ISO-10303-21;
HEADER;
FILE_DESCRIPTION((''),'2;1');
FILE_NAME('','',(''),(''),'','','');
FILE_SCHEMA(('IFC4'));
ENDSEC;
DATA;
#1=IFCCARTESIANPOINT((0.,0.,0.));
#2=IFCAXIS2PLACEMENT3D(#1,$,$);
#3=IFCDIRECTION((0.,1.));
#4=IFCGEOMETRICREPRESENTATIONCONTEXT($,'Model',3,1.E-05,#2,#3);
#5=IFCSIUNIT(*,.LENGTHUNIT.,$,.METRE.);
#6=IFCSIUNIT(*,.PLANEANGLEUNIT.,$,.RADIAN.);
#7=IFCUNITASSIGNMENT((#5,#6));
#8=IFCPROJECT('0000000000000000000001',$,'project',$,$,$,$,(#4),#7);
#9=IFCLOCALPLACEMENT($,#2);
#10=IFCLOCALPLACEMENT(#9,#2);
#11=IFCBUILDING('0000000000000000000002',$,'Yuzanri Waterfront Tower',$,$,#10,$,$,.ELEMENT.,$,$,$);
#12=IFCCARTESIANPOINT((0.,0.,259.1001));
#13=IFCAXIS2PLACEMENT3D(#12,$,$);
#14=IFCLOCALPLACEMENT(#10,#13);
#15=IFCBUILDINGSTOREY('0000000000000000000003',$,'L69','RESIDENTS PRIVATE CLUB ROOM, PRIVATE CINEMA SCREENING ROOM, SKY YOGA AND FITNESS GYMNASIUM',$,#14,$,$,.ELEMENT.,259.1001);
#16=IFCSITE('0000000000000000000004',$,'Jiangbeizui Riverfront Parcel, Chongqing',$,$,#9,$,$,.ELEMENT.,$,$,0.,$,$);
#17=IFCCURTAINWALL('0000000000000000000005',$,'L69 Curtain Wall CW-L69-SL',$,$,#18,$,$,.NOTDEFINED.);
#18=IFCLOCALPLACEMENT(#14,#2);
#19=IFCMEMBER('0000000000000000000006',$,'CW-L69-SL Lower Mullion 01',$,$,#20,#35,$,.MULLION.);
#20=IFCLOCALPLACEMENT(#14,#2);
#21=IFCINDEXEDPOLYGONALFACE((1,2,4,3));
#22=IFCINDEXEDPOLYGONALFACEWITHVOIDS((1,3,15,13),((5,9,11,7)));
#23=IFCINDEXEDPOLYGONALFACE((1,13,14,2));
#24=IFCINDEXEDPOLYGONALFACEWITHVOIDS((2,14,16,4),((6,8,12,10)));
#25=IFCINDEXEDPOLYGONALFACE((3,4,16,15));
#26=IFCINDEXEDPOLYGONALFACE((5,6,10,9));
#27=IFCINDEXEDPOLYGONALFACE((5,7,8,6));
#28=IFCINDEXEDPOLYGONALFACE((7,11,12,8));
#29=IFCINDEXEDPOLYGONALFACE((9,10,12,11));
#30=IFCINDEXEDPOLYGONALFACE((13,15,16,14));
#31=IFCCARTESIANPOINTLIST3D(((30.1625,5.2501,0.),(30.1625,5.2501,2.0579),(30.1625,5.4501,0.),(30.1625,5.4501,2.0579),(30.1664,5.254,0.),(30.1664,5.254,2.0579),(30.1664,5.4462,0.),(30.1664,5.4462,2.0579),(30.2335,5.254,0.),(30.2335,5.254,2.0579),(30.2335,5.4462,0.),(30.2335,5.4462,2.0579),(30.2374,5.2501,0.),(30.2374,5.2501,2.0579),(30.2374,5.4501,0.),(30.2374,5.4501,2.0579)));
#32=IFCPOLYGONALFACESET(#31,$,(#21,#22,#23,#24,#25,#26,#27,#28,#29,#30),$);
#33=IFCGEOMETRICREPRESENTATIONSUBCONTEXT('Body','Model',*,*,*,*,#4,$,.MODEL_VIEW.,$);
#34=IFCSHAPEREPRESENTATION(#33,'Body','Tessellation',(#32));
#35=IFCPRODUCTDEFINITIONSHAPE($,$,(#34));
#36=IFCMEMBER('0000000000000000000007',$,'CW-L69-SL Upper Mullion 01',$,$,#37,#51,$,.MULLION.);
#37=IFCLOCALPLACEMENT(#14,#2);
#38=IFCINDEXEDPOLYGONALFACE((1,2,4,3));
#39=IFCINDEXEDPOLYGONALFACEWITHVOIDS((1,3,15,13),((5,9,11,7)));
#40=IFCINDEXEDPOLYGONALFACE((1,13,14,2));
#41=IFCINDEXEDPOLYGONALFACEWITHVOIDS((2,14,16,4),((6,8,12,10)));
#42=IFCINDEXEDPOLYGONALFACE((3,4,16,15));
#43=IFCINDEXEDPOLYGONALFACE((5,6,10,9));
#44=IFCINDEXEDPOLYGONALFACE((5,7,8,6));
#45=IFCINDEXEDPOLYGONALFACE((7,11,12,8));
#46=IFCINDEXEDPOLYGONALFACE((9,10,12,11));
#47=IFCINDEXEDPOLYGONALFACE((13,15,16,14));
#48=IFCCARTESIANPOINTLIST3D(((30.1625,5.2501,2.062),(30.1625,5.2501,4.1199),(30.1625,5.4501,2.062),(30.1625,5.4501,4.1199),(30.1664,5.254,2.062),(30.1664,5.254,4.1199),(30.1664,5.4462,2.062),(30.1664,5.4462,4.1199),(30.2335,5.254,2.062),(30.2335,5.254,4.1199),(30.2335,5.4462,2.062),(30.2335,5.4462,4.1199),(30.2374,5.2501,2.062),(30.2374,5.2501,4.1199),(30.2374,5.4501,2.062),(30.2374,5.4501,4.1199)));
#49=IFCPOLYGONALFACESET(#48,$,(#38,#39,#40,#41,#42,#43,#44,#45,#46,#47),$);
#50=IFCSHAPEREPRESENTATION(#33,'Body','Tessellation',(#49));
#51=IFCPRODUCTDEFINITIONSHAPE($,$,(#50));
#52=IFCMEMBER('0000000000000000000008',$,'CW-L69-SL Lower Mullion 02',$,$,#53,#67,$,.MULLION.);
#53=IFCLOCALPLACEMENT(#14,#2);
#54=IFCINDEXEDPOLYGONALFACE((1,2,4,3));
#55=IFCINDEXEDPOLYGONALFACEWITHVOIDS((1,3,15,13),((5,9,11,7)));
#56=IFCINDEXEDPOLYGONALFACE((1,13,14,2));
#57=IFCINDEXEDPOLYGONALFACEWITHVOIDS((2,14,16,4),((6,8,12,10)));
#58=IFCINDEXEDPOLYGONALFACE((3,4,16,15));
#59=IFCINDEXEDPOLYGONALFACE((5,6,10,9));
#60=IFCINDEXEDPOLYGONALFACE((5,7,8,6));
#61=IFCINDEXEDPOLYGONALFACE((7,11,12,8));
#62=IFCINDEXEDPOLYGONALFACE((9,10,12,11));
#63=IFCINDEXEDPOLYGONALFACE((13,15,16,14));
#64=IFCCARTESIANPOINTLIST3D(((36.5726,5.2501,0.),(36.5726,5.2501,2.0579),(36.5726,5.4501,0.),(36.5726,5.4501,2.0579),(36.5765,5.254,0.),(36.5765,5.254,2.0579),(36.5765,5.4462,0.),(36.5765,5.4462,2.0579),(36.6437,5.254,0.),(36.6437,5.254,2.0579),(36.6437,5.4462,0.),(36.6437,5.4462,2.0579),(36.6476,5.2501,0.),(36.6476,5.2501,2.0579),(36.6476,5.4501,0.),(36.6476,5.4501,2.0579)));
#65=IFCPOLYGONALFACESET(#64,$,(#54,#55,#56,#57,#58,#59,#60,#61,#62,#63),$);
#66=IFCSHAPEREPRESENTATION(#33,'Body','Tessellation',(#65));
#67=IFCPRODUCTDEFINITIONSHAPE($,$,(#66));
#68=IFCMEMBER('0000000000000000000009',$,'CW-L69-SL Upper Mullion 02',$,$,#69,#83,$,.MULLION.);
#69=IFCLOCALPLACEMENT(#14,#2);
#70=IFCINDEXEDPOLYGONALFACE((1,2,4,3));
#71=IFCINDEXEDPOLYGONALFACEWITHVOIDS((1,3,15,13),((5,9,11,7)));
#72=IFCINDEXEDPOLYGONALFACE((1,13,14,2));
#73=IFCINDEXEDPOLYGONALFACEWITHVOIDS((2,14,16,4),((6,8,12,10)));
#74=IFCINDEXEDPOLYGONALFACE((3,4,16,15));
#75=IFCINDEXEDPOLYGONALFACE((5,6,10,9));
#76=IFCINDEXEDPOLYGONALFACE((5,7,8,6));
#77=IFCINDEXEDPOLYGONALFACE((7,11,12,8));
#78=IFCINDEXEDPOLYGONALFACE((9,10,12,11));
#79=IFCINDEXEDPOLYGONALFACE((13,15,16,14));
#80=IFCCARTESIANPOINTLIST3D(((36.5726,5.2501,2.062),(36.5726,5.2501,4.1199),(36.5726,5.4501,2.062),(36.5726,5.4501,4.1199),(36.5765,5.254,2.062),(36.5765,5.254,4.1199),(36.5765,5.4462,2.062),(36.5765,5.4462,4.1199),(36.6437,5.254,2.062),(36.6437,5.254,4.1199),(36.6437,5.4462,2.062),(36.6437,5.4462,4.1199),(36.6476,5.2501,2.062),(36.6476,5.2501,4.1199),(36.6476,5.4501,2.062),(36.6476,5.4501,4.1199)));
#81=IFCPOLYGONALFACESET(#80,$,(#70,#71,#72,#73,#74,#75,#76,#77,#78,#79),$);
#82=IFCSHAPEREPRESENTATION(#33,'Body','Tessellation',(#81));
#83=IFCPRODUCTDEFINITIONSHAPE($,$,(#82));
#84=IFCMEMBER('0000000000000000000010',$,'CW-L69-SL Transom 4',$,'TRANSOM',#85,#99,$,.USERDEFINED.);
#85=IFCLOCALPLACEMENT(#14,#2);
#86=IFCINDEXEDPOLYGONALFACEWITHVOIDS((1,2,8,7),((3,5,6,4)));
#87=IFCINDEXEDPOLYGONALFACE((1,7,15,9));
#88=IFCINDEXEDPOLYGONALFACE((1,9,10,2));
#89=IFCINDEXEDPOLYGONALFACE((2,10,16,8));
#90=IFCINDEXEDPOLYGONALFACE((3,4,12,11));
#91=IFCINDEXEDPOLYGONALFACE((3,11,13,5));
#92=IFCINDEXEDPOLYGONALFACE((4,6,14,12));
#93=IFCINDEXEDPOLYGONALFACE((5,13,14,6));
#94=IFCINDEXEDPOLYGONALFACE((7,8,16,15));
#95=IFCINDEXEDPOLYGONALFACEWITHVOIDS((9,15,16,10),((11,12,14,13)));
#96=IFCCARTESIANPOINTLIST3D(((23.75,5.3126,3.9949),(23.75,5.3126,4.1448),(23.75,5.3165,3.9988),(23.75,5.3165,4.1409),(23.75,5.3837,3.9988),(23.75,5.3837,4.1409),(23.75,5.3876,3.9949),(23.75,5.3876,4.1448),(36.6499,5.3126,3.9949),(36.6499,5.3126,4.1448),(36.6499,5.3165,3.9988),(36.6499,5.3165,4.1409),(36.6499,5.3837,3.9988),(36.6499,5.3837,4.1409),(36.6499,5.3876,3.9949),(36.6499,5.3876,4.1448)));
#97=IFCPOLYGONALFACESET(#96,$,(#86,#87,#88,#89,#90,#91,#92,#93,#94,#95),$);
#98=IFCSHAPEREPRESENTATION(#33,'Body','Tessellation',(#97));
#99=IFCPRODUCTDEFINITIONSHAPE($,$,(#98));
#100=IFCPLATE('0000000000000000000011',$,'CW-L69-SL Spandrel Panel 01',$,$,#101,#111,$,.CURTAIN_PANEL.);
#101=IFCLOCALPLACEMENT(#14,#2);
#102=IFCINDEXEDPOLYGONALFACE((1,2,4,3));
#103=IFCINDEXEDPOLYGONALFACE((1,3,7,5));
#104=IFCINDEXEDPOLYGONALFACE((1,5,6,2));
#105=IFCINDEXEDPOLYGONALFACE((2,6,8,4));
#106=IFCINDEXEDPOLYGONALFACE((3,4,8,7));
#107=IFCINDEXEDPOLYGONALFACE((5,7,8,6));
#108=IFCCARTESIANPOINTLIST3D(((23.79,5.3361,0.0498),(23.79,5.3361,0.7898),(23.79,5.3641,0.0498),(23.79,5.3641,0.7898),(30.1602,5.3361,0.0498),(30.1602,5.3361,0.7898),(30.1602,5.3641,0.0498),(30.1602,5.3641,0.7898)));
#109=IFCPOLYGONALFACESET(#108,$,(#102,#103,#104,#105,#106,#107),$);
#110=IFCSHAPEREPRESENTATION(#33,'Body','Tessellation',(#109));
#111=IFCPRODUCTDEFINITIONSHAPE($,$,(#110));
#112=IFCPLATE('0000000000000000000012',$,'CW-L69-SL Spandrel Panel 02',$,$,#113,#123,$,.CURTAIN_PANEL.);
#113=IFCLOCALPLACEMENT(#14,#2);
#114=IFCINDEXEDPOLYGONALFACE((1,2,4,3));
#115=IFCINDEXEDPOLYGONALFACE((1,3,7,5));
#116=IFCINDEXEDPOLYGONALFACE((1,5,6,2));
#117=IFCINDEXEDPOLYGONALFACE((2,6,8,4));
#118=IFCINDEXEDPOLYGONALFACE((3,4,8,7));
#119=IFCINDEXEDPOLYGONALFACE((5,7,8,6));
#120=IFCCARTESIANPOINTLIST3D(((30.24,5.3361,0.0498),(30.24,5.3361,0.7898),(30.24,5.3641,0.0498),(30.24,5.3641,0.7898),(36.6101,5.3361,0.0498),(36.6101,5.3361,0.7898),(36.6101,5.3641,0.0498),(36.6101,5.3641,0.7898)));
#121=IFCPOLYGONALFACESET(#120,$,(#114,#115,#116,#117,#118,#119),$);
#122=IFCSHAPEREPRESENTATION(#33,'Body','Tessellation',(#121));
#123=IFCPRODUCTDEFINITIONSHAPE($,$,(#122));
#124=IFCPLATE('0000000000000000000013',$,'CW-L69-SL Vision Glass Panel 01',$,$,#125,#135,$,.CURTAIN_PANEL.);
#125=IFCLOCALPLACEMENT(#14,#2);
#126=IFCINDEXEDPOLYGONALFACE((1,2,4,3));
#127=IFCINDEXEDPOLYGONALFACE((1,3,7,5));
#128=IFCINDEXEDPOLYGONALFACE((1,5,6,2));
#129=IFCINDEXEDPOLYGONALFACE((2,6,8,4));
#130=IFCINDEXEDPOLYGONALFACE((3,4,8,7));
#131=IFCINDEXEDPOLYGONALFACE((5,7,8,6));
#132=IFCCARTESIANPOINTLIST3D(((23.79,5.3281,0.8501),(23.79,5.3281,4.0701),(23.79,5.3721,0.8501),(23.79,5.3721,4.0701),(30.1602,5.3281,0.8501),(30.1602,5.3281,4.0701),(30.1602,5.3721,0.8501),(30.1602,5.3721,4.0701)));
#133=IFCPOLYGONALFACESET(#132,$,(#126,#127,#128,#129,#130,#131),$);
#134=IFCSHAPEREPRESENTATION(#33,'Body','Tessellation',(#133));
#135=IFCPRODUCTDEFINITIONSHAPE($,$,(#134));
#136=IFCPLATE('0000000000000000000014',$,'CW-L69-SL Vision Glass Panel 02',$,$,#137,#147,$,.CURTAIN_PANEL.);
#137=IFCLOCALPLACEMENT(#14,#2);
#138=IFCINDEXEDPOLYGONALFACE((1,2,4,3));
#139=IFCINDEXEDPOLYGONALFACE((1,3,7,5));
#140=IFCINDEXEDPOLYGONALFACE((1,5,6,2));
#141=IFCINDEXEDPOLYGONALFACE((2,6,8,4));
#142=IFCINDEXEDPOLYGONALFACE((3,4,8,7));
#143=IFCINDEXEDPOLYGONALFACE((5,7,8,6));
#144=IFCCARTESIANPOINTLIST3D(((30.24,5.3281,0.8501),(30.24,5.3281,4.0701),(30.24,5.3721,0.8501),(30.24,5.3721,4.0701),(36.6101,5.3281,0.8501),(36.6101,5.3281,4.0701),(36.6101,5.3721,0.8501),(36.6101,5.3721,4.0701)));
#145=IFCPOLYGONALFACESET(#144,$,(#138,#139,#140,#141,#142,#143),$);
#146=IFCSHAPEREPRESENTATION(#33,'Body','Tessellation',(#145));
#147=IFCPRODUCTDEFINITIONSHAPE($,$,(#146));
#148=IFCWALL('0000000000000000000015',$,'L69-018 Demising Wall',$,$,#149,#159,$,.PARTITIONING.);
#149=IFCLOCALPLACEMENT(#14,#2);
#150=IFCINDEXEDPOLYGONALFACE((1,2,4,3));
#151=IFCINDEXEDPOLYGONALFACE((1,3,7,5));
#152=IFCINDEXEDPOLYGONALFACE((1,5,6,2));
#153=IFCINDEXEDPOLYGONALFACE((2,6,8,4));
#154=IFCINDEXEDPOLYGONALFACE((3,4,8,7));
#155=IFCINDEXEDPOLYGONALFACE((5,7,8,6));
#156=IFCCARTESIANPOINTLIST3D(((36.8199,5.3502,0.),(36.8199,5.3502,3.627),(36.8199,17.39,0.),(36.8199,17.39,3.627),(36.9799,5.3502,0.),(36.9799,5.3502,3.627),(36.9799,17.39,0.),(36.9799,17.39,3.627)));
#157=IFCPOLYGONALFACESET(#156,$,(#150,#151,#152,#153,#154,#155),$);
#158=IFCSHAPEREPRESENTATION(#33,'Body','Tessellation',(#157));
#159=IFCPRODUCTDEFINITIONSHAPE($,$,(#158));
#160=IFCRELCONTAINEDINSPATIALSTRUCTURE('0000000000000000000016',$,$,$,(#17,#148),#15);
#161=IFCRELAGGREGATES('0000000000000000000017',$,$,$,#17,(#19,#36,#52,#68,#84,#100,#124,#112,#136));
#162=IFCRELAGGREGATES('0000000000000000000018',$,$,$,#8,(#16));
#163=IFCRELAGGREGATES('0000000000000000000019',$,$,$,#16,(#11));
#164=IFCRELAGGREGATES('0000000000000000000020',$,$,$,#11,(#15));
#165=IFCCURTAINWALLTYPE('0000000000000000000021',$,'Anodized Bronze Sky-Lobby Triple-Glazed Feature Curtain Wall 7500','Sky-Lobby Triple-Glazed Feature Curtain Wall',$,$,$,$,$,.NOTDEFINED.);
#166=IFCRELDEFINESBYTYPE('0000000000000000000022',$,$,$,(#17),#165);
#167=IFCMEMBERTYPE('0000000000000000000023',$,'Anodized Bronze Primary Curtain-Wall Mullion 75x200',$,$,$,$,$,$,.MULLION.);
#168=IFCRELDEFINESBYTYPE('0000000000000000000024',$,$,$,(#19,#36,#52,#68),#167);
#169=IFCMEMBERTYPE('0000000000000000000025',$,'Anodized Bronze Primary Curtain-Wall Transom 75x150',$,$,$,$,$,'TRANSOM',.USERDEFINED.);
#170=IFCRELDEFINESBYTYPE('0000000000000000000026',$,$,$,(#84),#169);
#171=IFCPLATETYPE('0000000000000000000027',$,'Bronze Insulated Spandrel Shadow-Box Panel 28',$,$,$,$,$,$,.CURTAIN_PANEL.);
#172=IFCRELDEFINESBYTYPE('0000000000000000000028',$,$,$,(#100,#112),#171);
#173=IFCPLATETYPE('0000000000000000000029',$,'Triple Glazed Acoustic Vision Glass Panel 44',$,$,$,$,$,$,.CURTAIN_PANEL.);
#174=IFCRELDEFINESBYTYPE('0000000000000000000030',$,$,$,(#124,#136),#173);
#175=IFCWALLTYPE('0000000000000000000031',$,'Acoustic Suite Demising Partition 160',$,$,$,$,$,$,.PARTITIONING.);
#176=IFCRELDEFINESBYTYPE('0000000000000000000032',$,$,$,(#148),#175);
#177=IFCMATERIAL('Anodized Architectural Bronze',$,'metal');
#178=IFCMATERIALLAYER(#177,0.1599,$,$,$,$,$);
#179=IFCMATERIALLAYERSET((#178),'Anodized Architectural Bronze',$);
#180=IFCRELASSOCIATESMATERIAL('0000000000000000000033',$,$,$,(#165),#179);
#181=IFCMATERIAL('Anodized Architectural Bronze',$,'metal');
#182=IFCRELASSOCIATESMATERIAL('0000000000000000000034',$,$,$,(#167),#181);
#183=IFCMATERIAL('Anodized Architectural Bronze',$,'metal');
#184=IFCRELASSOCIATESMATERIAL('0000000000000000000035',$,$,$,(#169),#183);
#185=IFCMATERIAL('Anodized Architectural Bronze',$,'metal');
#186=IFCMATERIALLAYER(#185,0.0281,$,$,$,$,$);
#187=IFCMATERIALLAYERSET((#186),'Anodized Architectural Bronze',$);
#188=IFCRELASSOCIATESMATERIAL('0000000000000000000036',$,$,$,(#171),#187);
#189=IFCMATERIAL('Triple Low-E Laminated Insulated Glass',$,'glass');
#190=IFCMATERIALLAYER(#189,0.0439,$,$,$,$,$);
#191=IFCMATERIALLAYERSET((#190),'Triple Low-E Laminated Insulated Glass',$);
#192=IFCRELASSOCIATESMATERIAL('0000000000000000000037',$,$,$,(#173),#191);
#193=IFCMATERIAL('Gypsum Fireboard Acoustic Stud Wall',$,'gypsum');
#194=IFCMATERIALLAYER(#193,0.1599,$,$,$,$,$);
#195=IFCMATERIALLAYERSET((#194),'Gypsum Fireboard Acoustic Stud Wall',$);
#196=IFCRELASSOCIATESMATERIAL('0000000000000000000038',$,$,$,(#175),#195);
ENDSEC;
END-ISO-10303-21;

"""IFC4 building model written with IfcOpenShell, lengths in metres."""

from ifc_helpers import new_model, si_unit, direction, frame, frame_2d, origin, origin_2d, place, context, subcontext, project, spatial, rectangle, hollow_rectangle, extrude, source, transform, mapped, material, layer, layer_set, material_profile, profile_set, type_object, element, aggregate, save


model = new_model("IFC4")

# Units and contexts
model_context = context("Model", 3, precision=1e-05, world=origin(), true_north=direction((0.0, 1.0)))
body_context = subcontext(model_context, "Body", "Model", "MODEL_VIEW")
ifc_project = project(units=[si_unit("LENGTHUNIT", "METRE"), si_unit("PLANEANGLEUNIT", "RADIAN")], contexts=[model_context])

# Site, building, storey
site_placement = place(None, origin())
site = spatial("IfcSite", under=ifc_project, at=site_placement, Name="Jiangbeizui Riverfront Parcel, Chongqing", CompositionType="ELEMENT", RefElevation=0.0)
building_placement = place(site_placement, origin())
building = spatial("IfcBuilding", under=site, at=building_placement, Name="Yuzanri Waterfront Tower", CompositionType="ELEMENT")
storey_placement = place(building_placement, frame((0.0, 0.0, 259.1001)))
storey = spatial("IfcBuildingStorey", under=building, at=storey_placement, Name="L69", Description="RESIDENTS PRIVATE CLUB ROOM, PRIVATE CINEMA SCREENING ROOM, SKY YOGA AND FITNESS GYMNASIUM", CompositionType="ELEMENT", Elevation=259.1001)

# Curtain wall, members, plates
ifc_material_1 = material(Name="Anodized Architectural Bronze", Category="metal")
ifc_layer_1 = layer(ifc_material_1, 0.1599)
ifc_layer_set_1 = layer_set([ifc_layer_1], Name="Anodized Architectural Bronze")
curtain_wall_type = type_object("IfcCurtainWallType", Name="Anodized Bronze Sky-Lobby Triple-Glazed Feature Curtain Wall 7500", Description="Sky-Lobby Triple-Glazed Feature Curtain Wall", PredefinedType="NOTDEFINED", material=ifc_layer_set_1)
curtain_wall_placement = place(storey_placement, origin())
curtain_wall = element("IfcCurtainWall", 1, at=curtain_wall_placement, inside=storey, type_object=curtain_wall_type, Name="L69 Curtain Wall CW-L69-SL", PredefinedType="NOTDEFINED")
ifc_material_2 = material(Name="Anodized Architectural Bronze", Category="metal")
ifc_material_profile_1 = material_profile(ifc_material_2, hollow_rectangle(XDim=0.075, YDim=0.2, WallThickness=0.0039, at=origin_2d()), Name="CWM 75x200")
ifc_profile_set_1 = profile_set([ifc_material_profile_1], Name="Anodized Architectural Bronze")
member_type_1 = type_object("IfcMemberType", Name="Anodized Bronze Primary Curtain-Wall Mullion 75x200", PredefinedType="MULLION", material=ifc_profile_set_1)
shared_shape_1 = source(origin(), body_context, "Body", "SweptSolid", [
    extrude(hollow_rectangle(XDim=0.075, YDim=0.2, WallThickness=0.0039, at=origin_2d()), origin(), (0.0, 0.0, 1.0), 2.0579),
])
member_1_placement = place(storey_placement, frame((30.2, 5.3501, 0.0), z_axis=(0.0, 0.0, 1.0), x_axis=(1.0, 0.0, 0.0)))
member_1 = element("IfcMember", 2, at=member_1_placement, type_object=member_type_1, Name="CW-L69-SL Lower Mullion 01", PredefinedType="MULLION", context=body_context, shape_type="MappedRepresentation", body=[
    mapped(shared_shape_1, transform((0.0, 0.0, 0.0), scale=1.0)),
])
member_2_placement = place(storey_placement, frame((30.2, 5.3501, 2.062), z_axis=(0.0, 0.0, 1.0), x_axis=(1.0, 0.0, 0.0)))
member_2 = element("IfcMember", 3, at=member_2_placement, type_object=member_type_1, Name="CW-L69-SL Upper Mullion 01", PredefinedType="MULLION", context=body_context, shape_type="MappedRepresentation", body=[
    mapped(shared_shape_1, transform((0.0, 0.0, 0.0), scale=1.0)),
])
member_3_placement = place(storey_placement, frame((36.6101, 5.3501, 0.0), z_axis=(0.0, 0.0, 1.0), x_axis=(1.0, 0.0, 0.0)))
member_3 = element("IfcMember", 4, at=member_3_placement, type_object=member_type_1, Name="CW-L69-SL Lower Mullion 02", PredefinedType="MULLION", context=body_context, shape_type="MappedRepresentation", body=[
    mapped(shared_shape_1, transform((0.0, 0.0, 0.0), scale=1.0)),
])
member_4_placement = place(storey_placement, frame((36.6101, 5.3501, 2.062), z_axis=(0.0, 0.0, 1.0), x_axis=(1.0, 0.0, 0.0)))
member_4 = element("IfcMember", 5, at=member_4_placement, type_object=member_type_1, Name="CW-L69-SL Upper Mullion 02", PredefinedType="MULLION", context=body_context, shape_type="MappedRepresentation", body=[
    mapped(shared_shape_1, transform((0.0, 0.0, 0.0), scale=1.0)),
])
ifc_material_3 = material(Name="Anodized Architectural Bronze", Category="metal")
ifc_material_profile_2 = material_profile(ifc_material_3, hollow_rectangle(XDim=0.075, YDim=0.1499, WallThickness=0.0039, at=origin_2d()), Name="CWT 75x150")
ifc_profile_set_2 = profile_set([ifc_material_profile_2], Name="Anodized Architectural Bronze")
member_type_2 = type_object("IfcMemberType", Name="Anodized Bronze Primary Curtain-Wall Transom 75x150", ElementType="TRANSOM", PredefinedType="USERDEFINED", material=ifc_profile_set_2)
shared_shape_2 = source(origin(), body_context, "Body", "SweptSolid", [
    extrude(hollow_rectangle(XDim=0.075, YDim=0.1499, WallThickness=0.0039, at=origin_2d()), origin(), (0.0, 0.0, 1.0), 12.8999),
])
member_5_placement = place(storey_placement, frame((23.75, 5.3501, 4.0698), z_axis=(1.0, 0.0, 0.0), x_axis=(0.0, 1.0, 0.0)))
member_5 = element("IfcMember", 6, at=member_5_placement, type_object=member_type_2, Name="CW-L69-SL Transom 4", ObjectType="TRANSOM", PredefinedType="USERDEFINED", context=body_context, shape_type="MappedRepresentation", body=[
    mapped(shared_shape_2, transform((0.0, 0.0, 0.0), scale=1.0)),
])
ifc_material_4 = material(Name="Anodized Architectural Bronze", Category="metal")
ifc_layer_2 = layer(ifc_material_4, 0.0281)
ifc_layer_set_2 = layer_set([ifc_layer_2], Name="Anodized Architectural Bronze")
plate_type_1 = type_object("IfcPlateType", Name="Bronze Insulated Spandrel Shadow-Box Panel 28", PredefinedType="CURTAIN_PANEL", material=ifc_layer_set_2)
shared_shape_3 = source(origin(), body_context, "Body", "SweptSolid", [
    extrude(rectangle(XDim=6.3701, YDim=0.0281, at=origin_2d()), origin(), (0.0, 0.0, 1.0), 0.74),
])
plate_1_placement = place(storey_placement, frame((26.9751, 5.3501, 0.0498), z_axis=(0.0, 0.0, 1.0), x_axis=(1.0, 0.0, 0.0)))
plate_1 = element("IfcPlate", 7, at=plate_1_placement, type_object=plate_type_1, Name="CW-L69-SL Spandrel Panel 01", PredefinedType="CURTAIN_PANEL", context=body_context, shape_type="MappedRepresentation", body=[
    mapped(shared_shape_3, transform((0.0, 0.0, 0.0), scale=1.0)),
])
plate_2_placement = place(storey_placement, frame((33.425, 5.3501, 0.0498), z_axis=(0.0, 0.0, 1.0), x_axis=(1.0, 0.0, 0.0)))
plate_2 = element("IfcPlate", 8, at=plate_2_placement, type_object=plate_type_1, Name="CW-L69-SL Spandrel Panel 02", PredefinedType="CURTAIN_PANEL", context=body_context, shape_type="MappedRepresentation", body=[
    mapped(shared_shape_3, transform((0.0, 0.0, 0.0), scale=1.0)),
])
ifc_material_5 = material(Name="Triple Low-E Laminated Insulated Glass", Category="glass")
ifc_layer_3 = layer(ifc_material_5, 0.0439)
ifc_layer_set_3 = layer_set([ifc_layer_3], Name="Triple Low-E Laminated Insulated Glass")
plate_type_2 = type_object("IfcPlateType", Name="Triple Glazed Acoustic Vision Glass Panel 44", PredefinedType="CURTAIN_PANEL", material=ifc_layer_set_3)
shared_shape_4 = source(origin(), body_context, "Body", "SweptSolid", [
    extrude(rectangle(XDim=6.3701, YDim=0.0439, at=origin_2d()), origin(), (0.0, 0.0, 1.0), 3.22),
])
plate_3_placement = place(storey_placement, frame((26.9751, 5.3501, 0.8501), z_axis=(0.0, 0.0, 1.0), x_axis=(1.0, 0.0, 0.0)))
plate_3 = element("IfcPlate", 9, at=plate_3_placement, type_object=plate_type_2, Name="CW-L69-SL Vision Glass Panel 01", PredefinedType="CURTAIN_PANEL", context=body_context, shape_type="MappedRepresentation", body=[
    mapped(shared_shape_4, transform((0.0, 0.0, 0.0), scale=1.0)),
])
plate_4_placement = place(storey_placement, frame((33.425, 5.3501, 0.8501), z_axis=(0.0, 0.0, 1.0), x_axis=(1.0, 0.0, 0.0)))
plate_4 = element("IfcPlate", 10, at=plate_4_placement, type_object=plate_type_2, Name="CW-L69-SL Vision Glass Panel 02", PredefinedType="CURTAIN_PANEL", context=body_context, shape_type="MappedRepresentation", body=[
    mapped(shared_shape_4, transform((0.0, 0.0, 0.0), scale=1.0)),
])
aggregate(curtain_wall, [member_1, member_2, member_3, member_4, member_5, plate_1, plate_3, plate_2, plate_4])

# Wall
ifc_material_6 = material(Name="Gypsum Fireboard Acoustic Stud Wall", Category="gypsum")
ifc_layer_4 = layer(ifc_material_6, 0.1599)
ifc_layer_set_4 = layer_set([ifc_layer_4], Name="Gypsum Fireboard Acoustic Stud Wall")
wall_type = type_object("IfcWallType", Name="Acoustic Suite Demising Partition 160", PredefinedType="PARTITIONING", material=ifc_layer_set_4)
shared_shape_5 = source(origin(), body_context, "Body", "SweptSolid", [
    extrude(rectangle(XDim=12.0398, YDim=0.1599, at=frame_2d((6.02, 0.0))), origin(), (0.0, 0.0, 1.0), 3.627),
])
wall_placement = place(storey_placement, frame((36.8999, 5.3501, 0.0), z_axis=(0.0, 0.0, 1.0), x_axis=(0.0, 1.0, 0.0)))
element("IfcWall", 11, at=wall_placement, inside=storey, type_object=wall_type, Name="L69-018 Demising Wall", PredefinedType="PARTITIONING", context=body_context, shape_type="MappedRepresentation", body=[
    mapped(shared_shape_5, transform((0.0, 0.0, 0.0), scale=1.0)),
])

save(model, "model.ifc")
